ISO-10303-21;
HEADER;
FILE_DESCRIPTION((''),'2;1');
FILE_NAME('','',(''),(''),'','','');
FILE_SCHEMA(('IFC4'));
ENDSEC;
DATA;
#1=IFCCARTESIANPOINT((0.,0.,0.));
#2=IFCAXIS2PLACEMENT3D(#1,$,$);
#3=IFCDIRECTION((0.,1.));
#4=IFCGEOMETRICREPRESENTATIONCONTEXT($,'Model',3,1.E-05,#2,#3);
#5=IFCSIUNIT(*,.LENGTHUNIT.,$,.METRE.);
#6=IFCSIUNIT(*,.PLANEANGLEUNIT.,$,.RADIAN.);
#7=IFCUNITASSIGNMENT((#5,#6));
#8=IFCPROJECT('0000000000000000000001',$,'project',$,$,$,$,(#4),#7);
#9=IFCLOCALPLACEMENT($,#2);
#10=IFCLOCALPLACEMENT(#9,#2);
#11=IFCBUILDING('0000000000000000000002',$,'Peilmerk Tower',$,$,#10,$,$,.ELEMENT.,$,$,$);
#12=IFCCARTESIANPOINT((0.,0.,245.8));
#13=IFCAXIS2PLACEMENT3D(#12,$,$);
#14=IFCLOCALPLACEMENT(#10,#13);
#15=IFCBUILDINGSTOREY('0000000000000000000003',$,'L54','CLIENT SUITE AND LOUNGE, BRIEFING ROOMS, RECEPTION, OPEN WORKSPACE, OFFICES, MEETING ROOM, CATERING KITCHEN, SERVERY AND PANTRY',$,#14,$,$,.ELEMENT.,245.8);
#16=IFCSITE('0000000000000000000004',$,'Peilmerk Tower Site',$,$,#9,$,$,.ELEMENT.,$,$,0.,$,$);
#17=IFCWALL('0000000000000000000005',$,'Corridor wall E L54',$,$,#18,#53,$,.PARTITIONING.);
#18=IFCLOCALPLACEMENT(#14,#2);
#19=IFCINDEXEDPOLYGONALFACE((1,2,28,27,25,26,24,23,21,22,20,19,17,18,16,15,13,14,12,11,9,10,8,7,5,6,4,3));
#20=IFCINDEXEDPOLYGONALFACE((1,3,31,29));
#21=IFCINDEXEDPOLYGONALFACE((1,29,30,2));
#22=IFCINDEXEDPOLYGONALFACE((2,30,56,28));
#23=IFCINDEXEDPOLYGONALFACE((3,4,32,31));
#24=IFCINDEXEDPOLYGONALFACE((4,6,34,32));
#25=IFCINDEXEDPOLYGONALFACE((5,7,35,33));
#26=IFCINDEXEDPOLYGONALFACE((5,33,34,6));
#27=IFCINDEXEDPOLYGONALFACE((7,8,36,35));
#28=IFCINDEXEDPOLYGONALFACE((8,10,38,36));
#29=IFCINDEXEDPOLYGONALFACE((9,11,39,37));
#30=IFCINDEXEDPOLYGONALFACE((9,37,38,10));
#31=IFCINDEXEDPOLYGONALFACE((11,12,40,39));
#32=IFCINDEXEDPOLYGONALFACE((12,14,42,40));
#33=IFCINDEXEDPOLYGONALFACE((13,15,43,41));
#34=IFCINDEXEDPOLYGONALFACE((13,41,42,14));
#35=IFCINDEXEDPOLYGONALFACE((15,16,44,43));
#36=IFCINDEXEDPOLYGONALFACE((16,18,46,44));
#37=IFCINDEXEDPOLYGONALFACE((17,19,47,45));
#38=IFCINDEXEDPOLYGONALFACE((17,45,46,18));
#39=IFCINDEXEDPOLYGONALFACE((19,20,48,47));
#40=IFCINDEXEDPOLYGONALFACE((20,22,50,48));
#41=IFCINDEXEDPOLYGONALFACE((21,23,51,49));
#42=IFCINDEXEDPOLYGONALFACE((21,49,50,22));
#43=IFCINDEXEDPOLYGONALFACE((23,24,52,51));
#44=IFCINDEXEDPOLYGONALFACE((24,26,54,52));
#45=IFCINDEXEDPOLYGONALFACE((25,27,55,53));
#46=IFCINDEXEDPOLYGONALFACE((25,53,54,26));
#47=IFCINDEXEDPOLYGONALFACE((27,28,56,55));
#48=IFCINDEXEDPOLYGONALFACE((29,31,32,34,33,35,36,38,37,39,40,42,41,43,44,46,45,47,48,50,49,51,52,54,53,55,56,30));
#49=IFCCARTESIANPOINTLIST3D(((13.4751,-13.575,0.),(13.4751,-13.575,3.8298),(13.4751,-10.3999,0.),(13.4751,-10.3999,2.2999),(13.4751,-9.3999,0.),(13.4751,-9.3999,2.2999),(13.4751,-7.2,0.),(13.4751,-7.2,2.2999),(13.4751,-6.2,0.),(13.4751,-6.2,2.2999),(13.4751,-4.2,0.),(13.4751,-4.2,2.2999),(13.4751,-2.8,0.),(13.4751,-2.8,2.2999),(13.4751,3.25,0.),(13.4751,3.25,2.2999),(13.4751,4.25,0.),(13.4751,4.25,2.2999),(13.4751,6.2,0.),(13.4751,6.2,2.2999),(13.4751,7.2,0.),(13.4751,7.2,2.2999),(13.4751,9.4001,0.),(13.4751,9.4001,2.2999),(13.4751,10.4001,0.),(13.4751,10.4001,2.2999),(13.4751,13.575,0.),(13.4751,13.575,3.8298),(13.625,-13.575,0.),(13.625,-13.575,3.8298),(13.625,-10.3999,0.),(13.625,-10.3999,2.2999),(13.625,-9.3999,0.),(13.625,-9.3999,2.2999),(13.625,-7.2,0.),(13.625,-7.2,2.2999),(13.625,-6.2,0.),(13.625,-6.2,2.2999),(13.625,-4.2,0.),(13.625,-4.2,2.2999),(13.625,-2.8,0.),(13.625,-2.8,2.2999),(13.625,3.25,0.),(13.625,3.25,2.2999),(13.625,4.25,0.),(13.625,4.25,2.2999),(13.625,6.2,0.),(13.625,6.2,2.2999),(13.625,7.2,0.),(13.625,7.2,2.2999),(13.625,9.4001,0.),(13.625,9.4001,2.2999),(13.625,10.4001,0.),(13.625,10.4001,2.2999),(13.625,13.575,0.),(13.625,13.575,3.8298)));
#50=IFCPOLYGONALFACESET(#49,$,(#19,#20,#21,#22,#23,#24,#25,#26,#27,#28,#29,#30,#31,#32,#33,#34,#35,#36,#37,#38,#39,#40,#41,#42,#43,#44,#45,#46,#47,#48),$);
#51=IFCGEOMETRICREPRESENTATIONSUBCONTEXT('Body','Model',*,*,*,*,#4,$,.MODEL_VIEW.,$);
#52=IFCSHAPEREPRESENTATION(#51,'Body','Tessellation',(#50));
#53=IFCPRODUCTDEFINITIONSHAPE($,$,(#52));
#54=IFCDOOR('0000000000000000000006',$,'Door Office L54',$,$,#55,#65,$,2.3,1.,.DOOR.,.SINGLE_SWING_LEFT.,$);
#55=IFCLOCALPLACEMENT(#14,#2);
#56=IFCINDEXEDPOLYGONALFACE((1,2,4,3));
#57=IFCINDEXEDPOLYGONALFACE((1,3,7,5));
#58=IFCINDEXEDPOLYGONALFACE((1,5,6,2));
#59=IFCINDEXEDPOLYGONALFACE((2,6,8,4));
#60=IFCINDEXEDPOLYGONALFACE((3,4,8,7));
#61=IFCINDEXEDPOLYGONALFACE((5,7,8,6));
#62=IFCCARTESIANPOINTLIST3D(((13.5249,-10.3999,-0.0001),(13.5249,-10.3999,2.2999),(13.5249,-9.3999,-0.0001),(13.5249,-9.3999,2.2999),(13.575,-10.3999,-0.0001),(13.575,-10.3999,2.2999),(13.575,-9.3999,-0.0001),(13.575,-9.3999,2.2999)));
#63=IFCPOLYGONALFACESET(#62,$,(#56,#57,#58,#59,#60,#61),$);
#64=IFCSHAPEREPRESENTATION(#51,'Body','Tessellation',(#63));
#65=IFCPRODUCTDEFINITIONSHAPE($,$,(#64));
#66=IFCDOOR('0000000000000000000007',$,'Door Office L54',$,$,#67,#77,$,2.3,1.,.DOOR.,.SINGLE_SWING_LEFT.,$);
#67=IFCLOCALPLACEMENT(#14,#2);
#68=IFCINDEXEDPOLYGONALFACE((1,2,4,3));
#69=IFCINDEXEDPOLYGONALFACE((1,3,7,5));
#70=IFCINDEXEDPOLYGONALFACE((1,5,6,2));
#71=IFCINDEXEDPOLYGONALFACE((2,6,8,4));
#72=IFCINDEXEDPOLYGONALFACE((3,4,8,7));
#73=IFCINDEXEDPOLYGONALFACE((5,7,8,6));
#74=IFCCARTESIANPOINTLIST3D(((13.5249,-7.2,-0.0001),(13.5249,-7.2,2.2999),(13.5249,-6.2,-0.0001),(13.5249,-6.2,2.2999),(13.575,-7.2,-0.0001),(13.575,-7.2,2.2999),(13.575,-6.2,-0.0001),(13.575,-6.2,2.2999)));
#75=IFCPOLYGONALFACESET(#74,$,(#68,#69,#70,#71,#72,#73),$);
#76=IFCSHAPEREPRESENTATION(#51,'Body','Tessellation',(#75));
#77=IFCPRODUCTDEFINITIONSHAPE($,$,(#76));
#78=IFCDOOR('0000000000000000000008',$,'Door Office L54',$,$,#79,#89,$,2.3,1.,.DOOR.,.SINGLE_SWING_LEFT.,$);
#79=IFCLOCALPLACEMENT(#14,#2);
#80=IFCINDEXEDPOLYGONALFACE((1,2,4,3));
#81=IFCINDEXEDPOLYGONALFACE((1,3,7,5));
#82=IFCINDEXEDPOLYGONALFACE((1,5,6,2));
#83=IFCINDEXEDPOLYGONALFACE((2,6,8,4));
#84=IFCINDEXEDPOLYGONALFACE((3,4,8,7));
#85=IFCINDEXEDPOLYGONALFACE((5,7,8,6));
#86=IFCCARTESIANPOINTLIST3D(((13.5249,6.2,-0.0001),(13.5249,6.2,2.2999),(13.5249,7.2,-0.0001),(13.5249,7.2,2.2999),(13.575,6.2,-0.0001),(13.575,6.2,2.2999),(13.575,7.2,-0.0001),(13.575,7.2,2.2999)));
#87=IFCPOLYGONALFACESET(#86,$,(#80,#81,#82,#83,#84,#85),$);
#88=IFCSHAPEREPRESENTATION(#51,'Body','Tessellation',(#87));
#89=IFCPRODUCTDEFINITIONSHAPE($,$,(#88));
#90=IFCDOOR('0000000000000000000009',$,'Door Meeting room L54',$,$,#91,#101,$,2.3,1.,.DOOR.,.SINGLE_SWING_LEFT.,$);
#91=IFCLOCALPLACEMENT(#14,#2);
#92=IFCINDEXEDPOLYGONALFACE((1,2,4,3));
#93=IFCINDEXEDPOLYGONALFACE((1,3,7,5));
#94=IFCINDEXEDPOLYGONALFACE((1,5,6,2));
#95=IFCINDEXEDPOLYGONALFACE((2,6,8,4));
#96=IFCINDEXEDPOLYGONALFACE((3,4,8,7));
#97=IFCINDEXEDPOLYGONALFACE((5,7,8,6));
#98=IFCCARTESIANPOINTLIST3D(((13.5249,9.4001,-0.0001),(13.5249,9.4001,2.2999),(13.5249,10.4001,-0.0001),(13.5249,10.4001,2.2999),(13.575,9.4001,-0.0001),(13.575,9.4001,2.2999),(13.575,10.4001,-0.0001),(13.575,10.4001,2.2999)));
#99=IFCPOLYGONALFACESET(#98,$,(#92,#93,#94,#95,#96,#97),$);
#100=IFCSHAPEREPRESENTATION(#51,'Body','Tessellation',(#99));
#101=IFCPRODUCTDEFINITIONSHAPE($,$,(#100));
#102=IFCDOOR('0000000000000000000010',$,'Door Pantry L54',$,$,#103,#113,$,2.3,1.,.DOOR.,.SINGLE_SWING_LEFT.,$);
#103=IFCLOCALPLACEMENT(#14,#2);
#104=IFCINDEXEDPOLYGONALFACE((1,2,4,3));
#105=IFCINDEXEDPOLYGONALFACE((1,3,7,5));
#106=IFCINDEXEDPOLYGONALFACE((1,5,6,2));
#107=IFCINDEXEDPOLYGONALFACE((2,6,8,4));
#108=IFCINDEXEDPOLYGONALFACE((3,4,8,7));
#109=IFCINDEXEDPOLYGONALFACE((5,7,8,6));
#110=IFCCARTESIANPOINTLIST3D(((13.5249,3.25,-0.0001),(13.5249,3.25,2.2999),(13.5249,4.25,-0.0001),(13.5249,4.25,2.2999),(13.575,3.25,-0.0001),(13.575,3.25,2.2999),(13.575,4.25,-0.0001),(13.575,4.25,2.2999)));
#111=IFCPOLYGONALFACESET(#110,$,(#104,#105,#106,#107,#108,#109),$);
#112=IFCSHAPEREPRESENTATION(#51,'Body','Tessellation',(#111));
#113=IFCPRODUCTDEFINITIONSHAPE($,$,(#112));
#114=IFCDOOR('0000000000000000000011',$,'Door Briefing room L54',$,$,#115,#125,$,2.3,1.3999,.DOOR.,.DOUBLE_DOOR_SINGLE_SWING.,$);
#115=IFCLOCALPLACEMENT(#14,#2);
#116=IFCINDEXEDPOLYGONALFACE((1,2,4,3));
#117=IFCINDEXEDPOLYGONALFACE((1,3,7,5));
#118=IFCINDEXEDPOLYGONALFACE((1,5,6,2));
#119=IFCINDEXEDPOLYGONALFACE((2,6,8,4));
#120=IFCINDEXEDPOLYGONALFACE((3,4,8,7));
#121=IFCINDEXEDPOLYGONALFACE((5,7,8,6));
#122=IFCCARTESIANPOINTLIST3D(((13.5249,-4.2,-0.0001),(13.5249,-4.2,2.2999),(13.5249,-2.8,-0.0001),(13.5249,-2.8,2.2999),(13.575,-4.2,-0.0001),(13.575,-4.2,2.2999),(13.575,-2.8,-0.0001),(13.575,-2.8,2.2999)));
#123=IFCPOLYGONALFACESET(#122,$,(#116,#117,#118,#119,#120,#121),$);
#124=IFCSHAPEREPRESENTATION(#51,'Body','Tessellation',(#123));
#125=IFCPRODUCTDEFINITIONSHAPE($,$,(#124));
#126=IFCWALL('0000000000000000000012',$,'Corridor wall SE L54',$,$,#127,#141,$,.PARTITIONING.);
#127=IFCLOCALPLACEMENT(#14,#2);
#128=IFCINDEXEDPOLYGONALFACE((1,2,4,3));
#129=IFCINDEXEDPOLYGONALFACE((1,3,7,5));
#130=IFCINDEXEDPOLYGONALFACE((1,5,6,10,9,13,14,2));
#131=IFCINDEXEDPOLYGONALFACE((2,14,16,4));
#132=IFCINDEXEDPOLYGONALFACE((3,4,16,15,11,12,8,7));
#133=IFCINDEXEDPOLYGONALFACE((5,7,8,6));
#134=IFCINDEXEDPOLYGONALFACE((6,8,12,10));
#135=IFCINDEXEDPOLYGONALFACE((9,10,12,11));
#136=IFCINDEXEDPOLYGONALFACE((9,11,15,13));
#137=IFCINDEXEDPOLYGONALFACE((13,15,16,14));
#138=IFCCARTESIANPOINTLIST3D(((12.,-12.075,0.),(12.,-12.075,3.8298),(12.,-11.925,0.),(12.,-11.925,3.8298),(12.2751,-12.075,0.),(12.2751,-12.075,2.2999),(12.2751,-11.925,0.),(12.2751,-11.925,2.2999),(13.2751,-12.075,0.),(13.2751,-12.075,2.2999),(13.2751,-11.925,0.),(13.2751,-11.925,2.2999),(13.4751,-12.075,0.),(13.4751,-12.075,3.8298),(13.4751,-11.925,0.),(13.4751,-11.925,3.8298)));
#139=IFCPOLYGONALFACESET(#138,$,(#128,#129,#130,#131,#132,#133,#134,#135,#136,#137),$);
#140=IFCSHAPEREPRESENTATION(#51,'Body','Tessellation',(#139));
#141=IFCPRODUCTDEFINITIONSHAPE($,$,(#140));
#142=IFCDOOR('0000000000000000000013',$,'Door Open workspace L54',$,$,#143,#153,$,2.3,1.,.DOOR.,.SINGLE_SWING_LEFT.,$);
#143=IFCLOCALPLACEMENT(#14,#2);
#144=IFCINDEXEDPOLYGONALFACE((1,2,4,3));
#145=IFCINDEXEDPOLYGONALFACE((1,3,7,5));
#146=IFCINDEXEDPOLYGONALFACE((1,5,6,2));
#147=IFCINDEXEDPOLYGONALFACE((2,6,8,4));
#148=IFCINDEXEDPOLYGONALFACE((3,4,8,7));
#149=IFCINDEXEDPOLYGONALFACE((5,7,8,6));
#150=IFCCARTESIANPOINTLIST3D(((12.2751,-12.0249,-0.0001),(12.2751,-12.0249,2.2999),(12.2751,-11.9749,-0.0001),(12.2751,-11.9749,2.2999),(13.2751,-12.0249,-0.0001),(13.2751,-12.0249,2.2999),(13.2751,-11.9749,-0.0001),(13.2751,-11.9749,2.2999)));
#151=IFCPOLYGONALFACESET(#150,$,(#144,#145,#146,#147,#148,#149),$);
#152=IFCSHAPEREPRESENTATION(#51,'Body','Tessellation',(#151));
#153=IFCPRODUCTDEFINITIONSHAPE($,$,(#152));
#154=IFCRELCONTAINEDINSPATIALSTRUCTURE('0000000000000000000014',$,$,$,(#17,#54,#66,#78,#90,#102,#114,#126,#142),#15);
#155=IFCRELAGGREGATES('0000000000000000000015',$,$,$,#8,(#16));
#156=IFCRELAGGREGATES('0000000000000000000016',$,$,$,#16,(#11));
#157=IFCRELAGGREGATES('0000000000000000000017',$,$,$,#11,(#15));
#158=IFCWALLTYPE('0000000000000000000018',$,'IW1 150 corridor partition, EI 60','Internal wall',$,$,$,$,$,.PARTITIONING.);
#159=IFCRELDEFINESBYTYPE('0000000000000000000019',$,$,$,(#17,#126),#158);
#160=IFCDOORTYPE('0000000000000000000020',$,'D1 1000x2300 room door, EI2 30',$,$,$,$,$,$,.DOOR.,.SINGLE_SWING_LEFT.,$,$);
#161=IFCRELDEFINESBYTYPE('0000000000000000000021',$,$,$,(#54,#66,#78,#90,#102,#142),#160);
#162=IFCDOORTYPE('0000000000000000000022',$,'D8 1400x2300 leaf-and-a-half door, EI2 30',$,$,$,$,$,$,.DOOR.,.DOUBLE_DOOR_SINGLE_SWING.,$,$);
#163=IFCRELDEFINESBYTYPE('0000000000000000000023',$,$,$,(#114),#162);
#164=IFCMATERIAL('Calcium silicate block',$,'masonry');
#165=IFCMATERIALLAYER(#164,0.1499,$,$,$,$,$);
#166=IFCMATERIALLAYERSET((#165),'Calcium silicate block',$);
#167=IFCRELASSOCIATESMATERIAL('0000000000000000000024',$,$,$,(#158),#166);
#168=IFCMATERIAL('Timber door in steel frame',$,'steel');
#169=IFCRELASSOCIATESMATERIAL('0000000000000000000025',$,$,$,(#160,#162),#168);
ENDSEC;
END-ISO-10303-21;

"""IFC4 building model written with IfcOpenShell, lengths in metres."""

from ifc_helpers import new_model, si_unit, direction, frame, frame_2d, origin, place, context, subcontext, project, spatial, rectangle, extrude, material, layer, layer_set, type_object, element, fill, save


model = new_model("IFC4")

# Units and contexts
model_context = context("Model", 3, precision=1e-05, world=origin(), true_north=direction((0.0, 1.0)))
body_context = subcontext(model_context, "Body", "Model", "MODEL_VIEW")
ifc_project = project(units=[si_unit("LENGTHUNIT", "METRE"), si_unit("PLANEANGLEUNIT", "RADIAN")], contexts=[model_context])

# Site, building, storey
site_placement = place(None, origin())
site = spatial("IfcSite", under=ifc_project, at=site_placement, Name="Peilmerk Tower Site", CompositionType="ELEMENT", RefElevation=0.0)
building_placement = place(site_placement, origin())
building = spatial("IfcBuilding", under=site, at=building_placement, Name="Peilmerk Tower", CompositionType="ELEMENT")
storey_placement = place(building_placement, frame((0.0, 0.0, 245.8)))
storey = spatial("IfcBuildingStorey", under=building, at=storey_placement, Name="L54", Description="CLIENT SUITE AND LOUNGE, BRIEFING ROOMS, RECEPTION, OPEN WORKSPACE, OFFICES, MEETING ROOM, CATERING KITCHEN, SERVERY AND PANTRY", CompositionType="ELEMENT", Elevation=245.8)

# Wall, openings, doors
ifc_material_1 = material(Name="Calcium silicate block", Category="masonry")
ifc_layer_1 = layer(ifc_material_1, 0.1499)
ifc_layer_set_1 = layer_set([ifc_layer_1], Name="Calcium silicate block")
wall_type_1 = type_object("IfcWallType", Name="IW1 150 corridor partition, EI 60", Description="Internal wall", PredefinedType="PARTITIONING", material=ifc_layer_set_1)
wall_1_placement = place(storey_placement, frame((13.55, -13.575, 0.0), z_axis=(0.0, 0.0, 1.0), x_axis=(0.0, 1.0, 0.0)))
wall_1 = element("IfcWall", 1, at=wall_1_placement, inside=storey, type_object=wall_type_1, Name="Corridor wall E L54", PredefinedType="PARTITIONING", context=body_context, shape_type="SweptSolid", body=[
    extrude(rectangle(XDim=27.1499, YDim=0.1499, at=frame_2d((13.575, 0.0))), origin(), (0.0, 0.0, 1.0), 3.8298),
])
opening_1_placement = place(wall_1_placement, frame((3.175, 0.0, 0.0)))
opening_1 = element("IfcOpeningElement", 2, at=opening_1_placement, cuts=wall_1, PredefinedType="OPENING", context=body_context, shape_type="SweptSolid", body=[
    extrude(rectangle(XDim=1.0, YDim=2.3, at=frame_2d((0.5, 1.1499))), frame((0.0, 0.085, 0.0), z_axis=(0.0, -1.0, 0.0), x_axis=(1.0, 0.0, 0.0)), (0.0, 0.0, 1.0), 0.1699),
])
opening_2_placement = place(wall_1_placement, frame((6.375, 0.0, 0.0)))
opening_2 = element("IfcOpeningElement", 3, at=opening_2_placement, cuts=wall_1, PredefinedType="OPENING", context=body_context, shape_type="SweptSolid", body=[
    extrude(rectangle(XDim=1.0, YDim=2.3, at=frame_2d((0.5, 1.1499))), frame((0.0, 0.085, 0.0), z_axis=(0.0, -1.0, 0.0), x_axis=(1.0, 0.0, 0.0)), (0.0, 0.0, 1.0), 0.1699),
])
opening_3_placement = place(wall_1_placement, frame((19.7749, 0.0, 0.0)))
opening_3 = element("IfcOpeningElement", 4, at=opening_3_placement, cuts=wall_1, PredefinedType="OPENING", context=body_context, shape_type="SweptSolid", body=[
    extrude(rectangle(XDim=1.0, YDim=2.3, at=frame_2d((0.5, 1.1499))), frame((0.0, 0.085, 0.0), z_axis=(0.0, -1.0, 0.0), x_axis=(1.0, 0.0, 0.0)), (0.0, 0.0, 1.0), 0.1699),
])
opening_4_placement = place(wall_1_placement, frame((22.9751, 0.0, 0.0)))
opening_4 = element("IfcOpeningElement", 5, at=opening_4_placement, cuts=wall_1, PredefinedType="OPENING", context=body_context, shape_type="SweptSolid", body=[
    extrude(rectangle(XDim=1.0, YDim=2.3, at=frame_2d((0.5, 1.1499))), frame((0.0, 0.085, 0.0), z_axis=(0.0, -1.0, 0.0), x_axis=(1.0, 0.0, 0.0)), (0.0, 0.0, 1.0), 0.1699),
])
opening_5_placement = place(wall_1_placement, frame((16.825, 0.0, 0.0)))
opening_5 = element("IfcOpeningElement", 6, at=opening_5_placement, cuts=wall_1, PredefinedType="OPENING", context=body_context, shape_type="SweptSolid", body=[
    extrude(rectangle(XDim=1.0, YDim=2.3, at=frame_2d((0.5, 1.1499))), frame((0.0, 0.085, 0.0), z_axis=(0.0, -1.0, 0.0), x_axis=(1.0, 0.0, 0.0)), (0.0, 0.0, 1.0), 0.1699),
])
opening_6_placement = place(wall_1_placement, frame((9.375, 0.0, 0.0)))
opening_6 = element("IfcOpeningElement", 7, at=opening_6_placement, cuts=wall_1, PredefinedType="OPENING", context=body_context, shape_type="SweptSolid", body=[
    extrude(rectangle(XDim=1.3999, YDim=2.3, at=frame_2d((0.7, 1.1499))), frame((0.0, 0.085, 0.0), z_axis=(0.0, -1.0, 0.0), x_axis=(1.0, 0.0, 0.0)), (0.0, 0.0, 1.0), 0.1699),
])
ifc_material_2 = material(Name="Timber door in steel frame", Category="steel")
door_type_1 = type_object("IfcDoorType", Name="D1 1000x2300 room door, EI2 30", OperationType="SINGLE_SWING_LEFT", PredefinedType="DOOR", material=ifc_material_2)
door_1_placement = place(opening_1_placement, frame((1.0, 0.0, 0.0), z_axis=(0.0, 0.0, 1.0), x_axis=(-1.0, 0.0, 0.0)))
door_1 = element("IfcDoor", 8, at=door_1_placement, inside=storey, type_object=door_type_1, Name="Door Office L54", OperationType="SINGLE_SWING_LEFT", OverallHeight=2.3, OverallWidth=1.0, PredefinedType="DOOR", context=body_context, shape_type="SweptSolid", body=[
    extrude(rectangle(XDim=1.0, YDim=2.3, at=frame_2d((0.5, 1.1499))), frame((0.0, 0.0249, 0.0), z_axis=(0.0, -1.0, 0.0), x_axis=(1.0, 0.0, 0.0)), (0.0, 0.0, 1.0), 0.05),
])
fill(opening_1, door_1)
door_2_placement = place(opening_2_placement, frame((1.0, 0.0, 0.0), z_axis=(0.0, 0.0, 1.0), x_axis=(-1.0, 0.0, 0.0)))
door_2 = element("IfcDoor", 9, at=door_2_placement, inside=storey, type_object=door_type_1, Name="Door Office L54", OperationType="SINGLE_SWING_LEFT", OverallHeight=2.3, OverallWidth=1.0, PredefinedType="DOOR", context=body_context, shape_type="SweptSolid", body=[
    extrude(rectangle(XDim=1.0, YDim=2.3, at=frame_2d((0.5, 1.1499))), frame((0.0, 0.0249, 0.0), z_axis=(0.0, -1.0, 0.0), x_axis=(1.0, 0.0, 0.0)), (0.0, 0.0, 1.0), 0.05),
])
fill(opening_2, door_2)
door_3_placement = place(opening_3_placement, frame((1.0, 0.0, 0.0), z_axis=(0.0, 0.0, 1.0), x_axis=(-1.0, 0.0, 0.0)))
door_3 = element("IfcDoor", 10, at=door_3_placement, inside=storey, type_object=door_type_1, Name="Door Office L54", OperationType="SINGLE_SWING_LEFT", OverallHeight=2.3, OverallWidth=1.0, PredefinedType="DOOR", context=body_context, shape_type="SweptSolid", body=[
    extrude(rectangle(XDim=1.0, YDim=2.3, at=frame_2d((0.5, 1.1499))), frame((0.0, 0.0249, 0.0), z_axis=(0.0, -1.0, 0.0), x_axis=(1.0, 0.0, 0.0)), (0.0, 0.0, 1.0), 0.05),
])
fill(opening_3, door_3)
door_4_placement = place(opening_4_placement, frame((1.0, 0.0, 0.0), z_axis=(0.0, 0.0, 1.0), x_axis=(-1.0, 0.0, 0.0)))
door_4 = element("IfcDoor", 11, at=door_4_placement, inside=storey, type_object=door_type_1, Name="Door Meeting room L54", OperationType="SINGLE_SWING_LEFT", OverallHeight=2.3, OverallWidth=1.0, PredefinedType="DOOR", context=body_context, shape_type="SweptSolid", body=[
    extrude(rectangle(XDim=1.0, YDim=2.3, at=frame_2d((0.5, 1.1499))), frame((0.0, 0.0249, 0.0), z_axis=(0.0, -1.0, 0.0), x_axis=(1.0, 0.0, 0.0)), (0.0, 0.0, 1.0), 0.05),
])
fill(opening_4, door_4)
door_5_placement = place(opening_5_placement, frame((1.0, 0.0, 0.0), z_axis=(0.0, 0.0, 1.0), x_axis=(-1.0, 0.0, 0.0)))
door_5 = element("IfcDoor", 12, at=door_5_placement, inside=storey, type_object=door_type_1, Name="Door Pantry L54", OperationType="SINGLE_SWING_LEFT", OverallHeight=2.3, OverallWidth=1.0, PredefinedType="DOOR", context=body_context, shape_type="SweptSolid", body=[
    extrude(rectangle(XDim=1.0, YDim=2.3, at=frame_2d((0.5, 1.1499))), frame((0.0, 0.0249, 0.0), z_axis=(0.0, -1.0, 0.0), x_axis=(1.0, 0.0, 0.0)), (0.0, 0.0, 1.0), 0.05),
])
fill(opening_5, door_5)
door_type_2 = type_object("IfcDoorType", Name="D8 1400x2300 leaf-and-a-half door, EI2 30", OperationType="DOUBLE_DOOR_SINGLE_SWING", PredefinedType="DOOR", material=ifc_material_2)
door_6_placement = place(opening_6_placement, frame((1.3999, 0.0, 0.0), z_axis=(0.0, 0.0, 1.0), x_axis=(-1.0, 0.0, 0.0)))
door_6 = element("IfcDoor", 13, at=door_6_placement, inside=storey, type_object=door_type_2, Name="Door Briefing room L54", OperationType="DOUBLE_DOOR_SINGLE_SWING", OverallHeight=2.3, OverallWidth=1.3999, PredefinedType="DOOR", context=body_context, shape_type="SweptSolid", body=[
    extrude(rectangle(XDim=1.3999, YDim=2.3, at=frame_2d((0.7, 1.1499))), frame((0.0, 0.0249, 0.0), z_axis=(0.0, -1.0, 0.0), x_axis=(1.0, 0.0, 0.0)), (0.0, 0.0, 1.0), 0.05),
])
fill(opening_6, door_6)

# Wall, opening, door
wall_2_placement = place(storey_placement, frame((13.4751, -12.0, 0.0), z_axis=(0.0, 0.0, 1.0), x_axis=(-1.0, 0.0, 0.0)))
wall_2 = element("IfcWall", 14, at=wall_2_placement, inside=storey, type_object=wall_type_1, Name="Corridor wall SE L54", PredefinedType="PARTITIONING", context=body_context, shape_type="SweptSolid", body=[
    extrude(rectangle(XDim=1.4751, YDim=0.1499, at=frame_2d((0.7375, 0.0))), origin(), (0.0, 0.0, 1.0), 3.8298),
])
opening_7_placement = place(wall_2_placement, frame((0.2, 0.0, 0.0)))
opening_7 = element("IfcOpeningElement", 15, at=opening_7_placement, cuts=wall_2, PredefinedType="OPENING", context=body_context, shape_type="SweptSolid", body=[
    extrude(rectangle(XDim=1.0, YDim=2.3, at=frame_2d((0.5, 1.1499))), frame((0.0, 0.085, 0.0), z_axis=(0.0, -1.0, 0.0), x_axis=(1.0, 0.0, 0.0)), (0.0, 0.0, 1.0), 0.1699),
])
door_7_placement = place(opening_7_placement, origin())
door_7 = element("IfcDoor", 16, at=door_7_placement, inside=storey, type_object=door_type_1, Name="Door Open workspace L54", OperationType="SINGLE_SWING_LEFT", OverallHeight=2.3, OverallWidth=1.0, PredefinedType="DOOR", context=body_context, shape_type="SweptSolid", body=[
    extrude(rectangle(XDim=1.0, YDim=2.3, at=frame_2d((0.5, 1.1499))), frame((0.0, 0.0249, 0.0), z_axis=(0.0, -1.0, 0.0), x_axis=(1.0, 0.0, 0.0)), (0.0, 0.0, 1.0), 0.05),
])
fill(opening_7, door_7)

save(model, "model.ifc")
